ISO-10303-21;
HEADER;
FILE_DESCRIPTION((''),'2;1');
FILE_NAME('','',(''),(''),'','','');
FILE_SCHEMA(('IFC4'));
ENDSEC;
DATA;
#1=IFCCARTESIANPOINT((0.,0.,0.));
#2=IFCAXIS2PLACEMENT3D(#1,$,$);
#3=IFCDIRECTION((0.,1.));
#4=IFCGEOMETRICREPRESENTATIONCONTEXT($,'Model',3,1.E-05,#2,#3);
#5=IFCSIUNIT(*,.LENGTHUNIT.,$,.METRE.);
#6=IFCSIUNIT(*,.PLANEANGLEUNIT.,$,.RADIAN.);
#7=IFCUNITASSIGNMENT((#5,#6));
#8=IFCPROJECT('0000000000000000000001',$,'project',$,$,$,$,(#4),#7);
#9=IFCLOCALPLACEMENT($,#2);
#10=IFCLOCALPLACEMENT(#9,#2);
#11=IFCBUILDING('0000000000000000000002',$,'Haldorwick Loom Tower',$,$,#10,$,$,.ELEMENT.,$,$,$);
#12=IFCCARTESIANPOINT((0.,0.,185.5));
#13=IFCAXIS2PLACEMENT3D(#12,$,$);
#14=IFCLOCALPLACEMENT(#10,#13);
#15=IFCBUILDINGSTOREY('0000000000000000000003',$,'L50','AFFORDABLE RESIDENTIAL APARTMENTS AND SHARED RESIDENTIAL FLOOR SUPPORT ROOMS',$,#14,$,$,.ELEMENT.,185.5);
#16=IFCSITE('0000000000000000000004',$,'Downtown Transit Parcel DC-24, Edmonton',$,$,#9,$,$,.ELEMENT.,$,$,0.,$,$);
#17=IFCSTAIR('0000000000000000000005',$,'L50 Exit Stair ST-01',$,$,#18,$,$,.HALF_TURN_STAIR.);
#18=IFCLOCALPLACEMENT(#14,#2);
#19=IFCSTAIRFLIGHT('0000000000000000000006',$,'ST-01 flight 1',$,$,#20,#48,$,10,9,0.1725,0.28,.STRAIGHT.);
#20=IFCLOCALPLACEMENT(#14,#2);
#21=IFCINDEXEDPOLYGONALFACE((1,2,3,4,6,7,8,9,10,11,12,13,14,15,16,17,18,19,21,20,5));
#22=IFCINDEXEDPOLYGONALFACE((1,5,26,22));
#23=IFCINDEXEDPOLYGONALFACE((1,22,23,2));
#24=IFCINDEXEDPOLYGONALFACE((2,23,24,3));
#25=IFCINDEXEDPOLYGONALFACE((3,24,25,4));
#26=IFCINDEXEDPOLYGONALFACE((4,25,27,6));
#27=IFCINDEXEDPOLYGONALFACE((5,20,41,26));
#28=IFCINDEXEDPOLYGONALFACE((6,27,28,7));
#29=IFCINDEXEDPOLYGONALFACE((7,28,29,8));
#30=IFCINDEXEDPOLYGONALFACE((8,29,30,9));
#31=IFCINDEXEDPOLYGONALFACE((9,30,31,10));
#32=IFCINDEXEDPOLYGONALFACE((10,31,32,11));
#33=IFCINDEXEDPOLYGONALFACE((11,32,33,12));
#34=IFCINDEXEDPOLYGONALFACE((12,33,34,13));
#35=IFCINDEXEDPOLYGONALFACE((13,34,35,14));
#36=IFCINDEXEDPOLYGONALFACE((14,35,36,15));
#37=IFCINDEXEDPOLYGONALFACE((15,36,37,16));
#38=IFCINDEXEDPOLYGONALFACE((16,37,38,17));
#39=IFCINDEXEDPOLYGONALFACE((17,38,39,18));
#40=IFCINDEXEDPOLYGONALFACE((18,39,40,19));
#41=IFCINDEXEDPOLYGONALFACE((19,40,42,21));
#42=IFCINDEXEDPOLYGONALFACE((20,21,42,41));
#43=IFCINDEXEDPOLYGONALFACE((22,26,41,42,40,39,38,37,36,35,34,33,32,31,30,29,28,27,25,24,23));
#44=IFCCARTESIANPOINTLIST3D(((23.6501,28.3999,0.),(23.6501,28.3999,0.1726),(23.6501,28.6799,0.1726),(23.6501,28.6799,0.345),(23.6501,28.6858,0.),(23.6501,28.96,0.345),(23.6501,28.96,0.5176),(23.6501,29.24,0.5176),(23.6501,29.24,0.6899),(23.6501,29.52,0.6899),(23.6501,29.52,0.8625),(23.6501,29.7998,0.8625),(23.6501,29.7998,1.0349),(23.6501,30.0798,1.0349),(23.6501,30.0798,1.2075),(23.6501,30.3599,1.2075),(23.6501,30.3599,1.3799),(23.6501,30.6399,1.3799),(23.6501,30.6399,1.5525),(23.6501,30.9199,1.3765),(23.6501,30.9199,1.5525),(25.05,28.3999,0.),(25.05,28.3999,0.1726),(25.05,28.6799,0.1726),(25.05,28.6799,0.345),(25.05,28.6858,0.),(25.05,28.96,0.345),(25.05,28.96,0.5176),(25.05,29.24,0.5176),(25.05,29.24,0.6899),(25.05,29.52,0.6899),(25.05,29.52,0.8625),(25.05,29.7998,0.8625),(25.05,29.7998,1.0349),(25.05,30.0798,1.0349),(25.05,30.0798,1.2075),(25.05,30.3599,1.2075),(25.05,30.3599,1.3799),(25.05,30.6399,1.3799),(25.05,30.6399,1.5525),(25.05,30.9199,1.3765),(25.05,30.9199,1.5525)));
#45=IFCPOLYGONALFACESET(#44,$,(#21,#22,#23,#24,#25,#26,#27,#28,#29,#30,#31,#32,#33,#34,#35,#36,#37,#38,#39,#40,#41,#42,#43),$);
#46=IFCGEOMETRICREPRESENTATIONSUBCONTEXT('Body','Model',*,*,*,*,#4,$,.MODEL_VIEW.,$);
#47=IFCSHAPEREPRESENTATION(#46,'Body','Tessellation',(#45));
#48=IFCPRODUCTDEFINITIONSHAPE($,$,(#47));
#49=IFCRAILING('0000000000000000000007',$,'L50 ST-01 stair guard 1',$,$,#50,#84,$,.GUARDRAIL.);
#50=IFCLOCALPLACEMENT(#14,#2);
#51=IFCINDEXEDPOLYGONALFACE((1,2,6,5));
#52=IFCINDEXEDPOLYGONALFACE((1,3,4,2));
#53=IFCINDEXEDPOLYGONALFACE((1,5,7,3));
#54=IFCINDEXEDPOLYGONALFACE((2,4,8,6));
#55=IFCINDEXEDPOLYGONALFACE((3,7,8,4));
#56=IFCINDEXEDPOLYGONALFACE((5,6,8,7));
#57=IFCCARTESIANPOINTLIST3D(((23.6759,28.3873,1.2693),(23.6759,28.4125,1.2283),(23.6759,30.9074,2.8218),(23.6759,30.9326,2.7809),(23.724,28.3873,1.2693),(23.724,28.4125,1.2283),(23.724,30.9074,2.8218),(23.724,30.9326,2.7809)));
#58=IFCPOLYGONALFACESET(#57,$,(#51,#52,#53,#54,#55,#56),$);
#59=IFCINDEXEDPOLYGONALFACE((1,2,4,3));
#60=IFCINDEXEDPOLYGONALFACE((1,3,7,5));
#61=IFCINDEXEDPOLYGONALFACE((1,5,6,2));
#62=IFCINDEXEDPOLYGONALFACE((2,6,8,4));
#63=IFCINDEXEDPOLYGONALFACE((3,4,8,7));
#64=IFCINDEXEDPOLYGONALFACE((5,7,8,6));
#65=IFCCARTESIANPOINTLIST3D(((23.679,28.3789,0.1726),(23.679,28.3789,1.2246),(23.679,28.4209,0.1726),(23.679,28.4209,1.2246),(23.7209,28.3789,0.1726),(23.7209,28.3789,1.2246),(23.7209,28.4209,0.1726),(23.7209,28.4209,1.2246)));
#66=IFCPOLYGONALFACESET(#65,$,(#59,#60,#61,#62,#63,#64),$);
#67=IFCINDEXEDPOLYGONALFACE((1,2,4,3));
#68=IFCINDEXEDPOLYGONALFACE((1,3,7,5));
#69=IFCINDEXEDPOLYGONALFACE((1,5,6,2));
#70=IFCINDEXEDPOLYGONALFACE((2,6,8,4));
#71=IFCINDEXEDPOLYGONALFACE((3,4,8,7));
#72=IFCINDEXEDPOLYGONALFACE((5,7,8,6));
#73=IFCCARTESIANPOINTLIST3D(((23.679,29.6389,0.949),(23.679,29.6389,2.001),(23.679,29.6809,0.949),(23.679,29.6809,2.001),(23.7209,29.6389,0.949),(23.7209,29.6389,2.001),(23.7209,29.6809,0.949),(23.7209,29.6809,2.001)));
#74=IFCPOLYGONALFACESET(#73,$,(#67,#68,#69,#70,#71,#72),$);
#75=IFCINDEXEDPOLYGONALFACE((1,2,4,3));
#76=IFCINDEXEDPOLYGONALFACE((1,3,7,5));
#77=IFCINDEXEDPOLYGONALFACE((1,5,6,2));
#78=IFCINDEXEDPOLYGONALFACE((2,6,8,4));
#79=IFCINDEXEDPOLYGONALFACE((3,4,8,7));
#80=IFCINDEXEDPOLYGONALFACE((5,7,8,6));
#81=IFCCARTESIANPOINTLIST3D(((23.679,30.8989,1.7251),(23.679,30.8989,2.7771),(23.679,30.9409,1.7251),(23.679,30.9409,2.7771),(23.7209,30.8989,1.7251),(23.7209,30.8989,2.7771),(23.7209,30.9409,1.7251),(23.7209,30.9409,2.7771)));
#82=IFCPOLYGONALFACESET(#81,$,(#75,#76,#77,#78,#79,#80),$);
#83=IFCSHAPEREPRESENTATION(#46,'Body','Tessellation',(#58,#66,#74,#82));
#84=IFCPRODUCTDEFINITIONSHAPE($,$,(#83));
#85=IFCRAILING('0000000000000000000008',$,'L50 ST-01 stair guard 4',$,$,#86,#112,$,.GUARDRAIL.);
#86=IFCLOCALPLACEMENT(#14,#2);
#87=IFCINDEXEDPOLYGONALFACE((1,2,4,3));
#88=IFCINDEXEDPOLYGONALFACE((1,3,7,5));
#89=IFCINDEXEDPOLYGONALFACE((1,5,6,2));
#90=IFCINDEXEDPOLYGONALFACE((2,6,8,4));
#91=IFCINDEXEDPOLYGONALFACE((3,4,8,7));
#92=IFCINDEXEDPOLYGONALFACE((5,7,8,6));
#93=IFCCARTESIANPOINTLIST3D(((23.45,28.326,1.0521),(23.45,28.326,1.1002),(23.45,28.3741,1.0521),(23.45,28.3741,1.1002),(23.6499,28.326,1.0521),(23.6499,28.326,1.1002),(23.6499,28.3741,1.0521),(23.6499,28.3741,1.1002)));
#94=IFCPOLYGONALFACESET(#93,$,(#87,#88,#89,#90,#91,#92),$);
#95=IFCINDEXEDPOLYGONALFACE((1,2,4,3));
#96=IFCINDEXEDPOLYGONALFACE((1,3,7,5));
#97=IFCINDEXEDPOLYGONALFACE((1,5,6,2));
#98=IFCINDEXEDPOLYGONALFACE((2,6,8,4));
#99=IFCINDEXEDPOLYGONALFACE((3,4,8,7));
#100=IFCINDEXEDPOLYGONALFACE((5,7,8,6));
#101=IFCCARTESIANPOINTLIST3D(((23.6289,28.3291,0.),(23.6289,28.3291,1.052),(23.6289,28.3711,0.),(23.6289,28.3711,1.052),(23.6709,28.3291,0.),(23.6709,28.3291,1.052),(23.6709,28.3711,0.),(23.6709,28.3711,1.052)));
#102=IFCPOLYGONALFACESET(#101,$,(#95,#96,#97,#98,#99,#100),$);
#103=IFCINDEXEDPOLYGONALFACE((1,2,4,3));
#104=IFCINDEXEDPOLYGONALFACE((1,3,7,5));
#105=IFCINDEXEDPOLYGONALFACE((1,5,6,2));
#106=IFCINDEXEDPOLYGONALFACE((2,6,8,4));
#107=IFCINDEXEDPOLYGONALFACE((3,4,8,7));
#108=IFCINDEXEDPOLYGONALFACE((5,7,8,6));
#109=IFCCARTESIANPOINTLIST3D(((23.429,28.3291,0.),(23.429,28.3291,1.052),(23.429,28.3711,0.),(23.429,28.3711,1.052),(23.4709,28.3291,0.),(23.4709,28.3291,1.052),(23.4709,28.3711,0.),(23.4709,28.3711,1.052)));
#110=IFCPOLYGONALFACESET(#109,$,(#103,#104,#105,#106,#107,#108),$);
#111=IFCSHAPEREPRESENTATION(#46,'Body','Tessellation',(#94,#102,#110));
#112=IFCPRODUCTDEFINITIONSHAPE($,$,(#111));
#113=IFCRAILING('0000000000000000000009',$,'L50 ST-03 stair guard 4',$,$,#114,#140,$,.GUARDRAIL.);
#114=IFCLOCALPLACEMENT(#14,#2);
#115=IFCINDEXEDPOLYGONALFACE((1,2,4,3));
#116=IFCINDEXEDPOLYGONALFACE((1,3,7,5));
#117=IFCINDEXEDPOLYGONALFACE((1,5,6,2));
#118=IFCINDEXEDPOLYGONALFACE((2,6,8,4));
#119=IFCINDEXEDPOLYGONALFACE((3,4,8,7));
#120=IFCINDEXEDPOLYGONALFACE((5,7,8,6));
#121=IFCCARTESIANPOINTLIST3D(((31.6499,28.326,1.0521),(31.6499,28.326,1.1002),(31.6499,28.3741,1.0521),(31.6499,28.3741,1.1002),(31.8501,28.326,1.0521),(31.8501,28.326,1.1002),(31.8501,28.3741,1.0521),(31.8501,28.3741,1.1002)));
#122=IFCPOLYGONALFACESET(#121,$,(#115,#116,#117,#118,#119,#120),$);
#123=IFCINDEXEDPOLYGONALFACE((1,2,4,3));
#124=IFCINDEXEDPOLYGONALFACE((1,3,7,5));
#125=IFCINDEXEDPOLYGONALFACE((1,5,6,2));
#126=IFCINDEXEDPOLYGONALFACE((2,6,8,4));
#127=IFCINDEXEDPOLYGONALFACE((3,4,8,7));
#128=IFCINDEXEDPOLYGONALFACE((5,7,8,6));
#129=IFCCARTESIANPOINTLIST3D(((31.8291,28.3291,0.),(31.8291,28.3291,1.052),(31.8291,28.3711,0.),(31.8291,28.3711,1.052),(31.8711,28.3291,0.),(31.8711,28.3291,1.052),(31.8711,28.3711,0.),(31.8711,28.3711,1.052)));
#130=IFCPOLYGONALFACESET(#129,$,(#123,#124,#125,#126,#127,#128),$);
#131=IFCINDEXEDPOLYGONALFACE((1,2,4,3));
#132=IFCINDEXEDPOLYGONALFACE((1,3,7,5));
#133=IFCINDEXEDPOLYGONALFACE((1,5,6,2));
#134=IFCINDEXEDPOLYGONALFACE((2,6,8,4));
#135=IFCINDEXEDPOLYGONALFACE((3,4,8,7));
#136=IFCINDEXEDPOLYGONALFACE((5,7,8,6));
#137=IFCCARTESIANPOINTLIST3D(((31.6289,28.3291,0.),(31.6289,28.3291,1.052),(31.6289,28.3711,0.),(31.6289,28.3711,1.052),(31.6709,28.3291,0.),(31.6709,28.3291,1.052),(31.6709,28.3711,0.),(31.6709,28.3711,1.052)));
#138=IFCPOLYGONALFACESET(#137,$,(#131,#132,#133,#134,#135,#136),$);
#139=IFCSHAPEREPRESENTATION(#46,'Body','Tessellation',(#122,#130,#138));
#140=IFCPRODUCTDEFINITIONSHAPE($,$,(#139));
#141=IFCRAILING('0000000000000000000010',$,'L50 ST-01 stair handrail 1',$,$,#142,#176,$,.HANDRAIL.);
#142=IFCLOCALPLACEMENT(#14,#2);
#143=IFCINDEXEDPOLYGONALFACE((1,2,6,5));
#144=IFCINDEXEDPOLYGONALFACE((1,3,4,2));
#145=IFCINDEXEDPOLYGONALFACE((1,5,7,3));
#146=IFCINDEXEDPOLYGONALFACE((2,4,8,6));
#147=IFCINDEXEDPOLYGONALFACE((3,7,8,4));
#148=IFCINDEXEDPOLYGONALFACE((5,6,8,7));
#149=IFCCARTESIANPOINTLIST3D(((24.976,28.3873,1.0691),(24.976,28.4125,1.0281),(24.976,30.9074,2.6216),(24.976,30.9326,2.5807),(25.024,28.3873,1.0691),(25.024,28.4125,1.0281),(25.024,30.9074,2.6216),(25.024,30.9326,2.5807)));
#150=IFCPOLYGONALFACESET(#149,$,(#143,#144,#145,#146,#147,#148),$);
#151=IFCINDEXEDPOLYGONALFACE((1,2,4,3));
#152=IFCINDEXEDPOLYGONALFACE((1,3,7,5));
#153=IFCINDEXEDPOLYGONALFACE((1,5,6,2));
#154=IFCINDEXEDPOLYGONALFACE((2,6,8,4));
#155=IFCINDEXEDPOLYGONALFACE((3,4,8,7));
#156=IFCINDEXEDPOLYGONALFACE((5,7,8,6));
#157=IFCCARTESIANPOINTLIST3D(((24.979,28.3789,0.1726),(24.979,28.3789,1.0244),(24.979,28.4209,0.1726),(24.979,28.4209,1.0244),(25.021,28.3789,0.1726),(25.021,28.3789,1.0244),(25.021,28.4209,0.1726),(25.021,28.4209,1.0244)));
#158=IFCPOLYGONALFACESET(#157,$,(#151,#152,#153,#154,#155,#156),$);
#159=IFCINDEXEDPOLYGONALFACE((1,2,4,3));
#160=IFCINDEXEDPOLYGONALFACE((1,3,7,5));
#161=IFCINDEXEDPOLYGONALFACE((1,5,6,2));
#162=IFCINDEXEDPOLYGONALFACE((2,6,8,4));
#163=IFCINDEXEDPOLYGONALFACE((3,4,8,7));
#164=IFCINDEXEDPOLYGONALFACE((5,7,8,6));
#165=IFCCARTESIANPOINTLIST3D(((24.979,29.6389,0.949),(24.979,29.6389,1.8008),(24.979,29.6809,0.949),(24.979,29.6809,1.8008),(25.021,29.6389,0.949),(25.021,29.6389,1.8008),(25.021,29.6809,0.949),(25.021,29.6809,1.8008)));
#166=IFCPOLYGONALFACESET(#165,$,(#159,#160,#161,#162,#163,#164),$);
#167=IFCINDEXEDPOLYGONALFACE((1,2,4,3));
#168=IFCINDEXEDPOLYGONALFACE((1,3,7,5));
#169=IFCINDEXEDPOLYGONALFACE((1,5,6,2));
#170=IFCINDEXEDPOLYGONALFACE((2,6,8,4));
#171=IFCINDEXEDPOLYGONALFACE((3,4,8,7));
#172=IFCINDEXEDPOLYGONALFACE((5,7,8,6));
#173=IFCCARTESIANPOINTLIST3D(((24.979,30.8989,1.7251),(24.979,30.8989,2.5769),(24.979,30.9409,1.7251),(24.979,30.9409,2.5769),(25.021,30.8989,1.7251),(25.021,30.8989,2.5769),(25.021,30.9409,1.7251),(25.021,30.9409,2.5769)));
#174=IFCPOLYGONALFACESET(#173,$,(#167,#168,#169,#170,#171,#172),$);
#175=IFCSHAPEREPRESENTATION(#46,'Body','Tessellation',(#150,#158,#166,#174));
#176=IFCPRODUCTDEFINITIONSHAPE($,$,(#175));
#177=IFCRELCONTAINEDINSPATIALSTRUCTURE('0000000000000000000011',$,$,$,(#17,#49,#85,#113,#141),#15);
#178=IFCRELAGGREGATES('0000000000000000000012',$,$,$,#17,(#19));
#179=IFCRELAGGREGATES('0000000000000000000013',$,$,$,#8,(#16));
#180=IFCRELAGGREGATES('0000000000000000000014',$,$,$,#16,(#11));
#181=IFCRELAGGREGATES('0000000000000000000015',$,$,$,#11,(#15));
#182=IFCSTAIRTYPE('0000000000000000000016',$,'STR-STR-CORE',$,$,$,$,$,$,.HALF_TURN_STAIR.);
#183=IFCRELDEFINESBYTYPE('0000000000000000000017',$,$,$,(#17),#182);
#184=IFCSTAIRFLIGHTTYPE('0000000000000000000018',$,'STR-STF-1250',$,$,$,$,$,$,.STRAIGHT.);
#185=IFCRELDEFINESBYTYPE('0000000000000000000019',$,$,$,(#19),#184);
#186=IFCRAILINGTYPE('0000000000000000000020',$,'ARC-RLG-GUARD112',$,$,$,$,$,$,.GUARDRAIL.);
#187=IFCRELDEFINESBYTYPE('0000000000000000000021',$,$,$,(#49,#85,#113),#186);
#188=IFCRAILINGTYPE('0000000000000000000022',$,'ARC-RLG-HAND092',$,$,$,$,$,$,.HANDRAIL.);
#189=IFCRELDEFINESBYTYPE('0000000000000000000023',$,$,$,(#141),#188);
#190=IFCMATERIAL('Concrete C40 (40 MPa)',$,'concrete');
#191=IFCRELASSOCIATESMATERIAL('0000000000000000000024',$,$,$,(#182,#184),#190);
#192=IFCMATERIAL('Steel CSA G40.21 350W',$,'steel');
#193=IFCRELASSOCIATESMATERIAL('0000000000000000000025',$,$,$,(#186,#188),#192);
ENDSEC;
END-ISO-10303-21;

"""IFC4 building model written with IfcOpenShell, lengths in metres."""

from ifc_helpers import new_model, si_unit, direction, frame, origin, origin_2d, place, context, subcontext, project, spatial, polyline, rectangle, outline, extrude, material, type_object, element, aggregate, save


model = new_model("IFC4")

# Units and contexts
model_context = context("Model", 3, precision=1e-05, world=origin(), true_north=direction((0.0, 1.0)))
body_context = subcontext(model_context, "Body", "Model", "MODEL_VIEW")
ifc_project = project(units=[si_unit("LENGTHUNIT", "METRE"), si_unit("PLANEANGLEUNIT", "RADIAN")], contexts=[model_context])

# Site, building, storey
site_placement = place(None, origin())
site = spatial("IfcSite", under=ifc_project, at=site_placement, Name="Downtown Transit Parcel DC-24, Edmonton", CompositionType="ELEMENT", RefElevation=0.0)
building_placement = place(site_placement, origin())
building = spatial("IfcBuilding", under=site, at=building_placement, Name="Haldorwick Loom Tower", CompositionType="ELEMENT")
storey_placement = place(building_placement, frame((0.0, 0.0, 185.5)))
storey = spatial("IfcBuildingStorey", under=building, at=storey_placement, Name="L50", Description="AFFORDABLE RESIDENTIAL APARTMENTS AND SHARED RESIDENTIAL FLOOR SUPPORT ROOMS", CompositionType="ELEMENT", Elevation=185.5)

# Shared definitions
ifc_material_1 = material(Name="Steel CSA G40.21 350W", Category="steel")

# Stair, stair flight
ifc_material_2 = material(Name="Concrete C40 (40 MPa)", Category="concrete")
stair_type = type_object("IfcStairType", Name="STR-STR-CORE", PredefinedType="HALF_TURN_STAIR", material=ifc_material_2)
stair_placement = place(storey_placement, origin())
stair = element("IfcStair", 1, at=stair_placement, inside=storey, type_object=stair_type, Name="L50 Exit Stair ST-01", PredefinedType="HALF_TURN_STAIR")
stair_flight_type = type_object("IfcStairFlightType", Name="STR-STF-1250", PredefinedType="STRAIGHT", material=ifc_material_2)
stair_flight_placement = place(storey_placement, frame((24.3501, 28.3999, 0.0), z_axis=(0.0, 0.0, 1.0), x_axis=(0.0, 1.0, 0.0)))
stair_flight = element("IfcStairFlight", 2, at=stair_flight_placement, type_object=stair_flight_type, Name="ST-01 flight 1", NumberOfRisers=10, NumberOfTreads=9, PredefinedType="STRAIGHT", RiserHeight=0.1725, TreadLength=0.28, context=body_context, shape_type="SweptSolid", body=[
    extrude(outline(polyline([(0.0, 0.0), (0.0, 0.1726), (0.28, 0.1726), (0.28, 0.345), (0.5601, 0.345), (0.5601, 0.5176), (0.8401, 0.5176), (0.8401, 0.6899), (1.1201, 0.6899), (1.1201, 0.8625), (1.3999, 0.8625), (1.3999, 1.0349), (1.6799, 1.0349), (1.6799, 1.2075), (1.96, 1.2075), (1.96, 1.3799), (2.24, 1.3799), (2.24, 1.5525), (2.52, 1.5525), (2.52, 1.7251), (2.52, 1.3765), (0.2859, 0.0), (0.0, 0.0)])), frame((0.0, 0.7, 0.0), z_axis=(0.0, -1.0, 0.0), x_axis=(1.0, 0.0, 0.0)), (0.0, 0.0, 1.0), 1.3999),
])
aggregate(stair, [stair_flight])

# Railings
railing_type_1 = type_object("IfcRailingType", Name="ARC-RLG-GUARD112", PredefinedType="GUARDRAIL", material=ifc_material_1)
railing_1_placement = place(storey_placement, frame((23.7, 28.3999, 0.1726)))
element("IfcRailing", 3, at=railing_1_placement, inside=storey, type_object=railing_type_1, Name="L50 ST-01 stair guard 1", PredefinedType="GUARDRAIL", context=body_context, shape_type="SweptSolid", body=[
    extrude(rectangle(XDim=0.0481, YDim=0.0481, at=origin_2d()), frame((0.0, 0.0, 1.0762), z_axis=(0.0, 0.8514, 0.524516), x_axis=(-1.0, 0.0, 0.0)), (0.0, 0.0, 1.0), 2.96),
    extrude(rectangle(XDim=0.042, YDim=0.042, at=origin_2d()), origin(), (0.0, 0.0, 1.0), 1.052),
    extrude(rectangle(XDim=0.042, YDim=0.042, at=origin_2d()), frame((0.0, 1.26, 0.7764)), (0.0, 0.0, 1.0), 1.052),
    extrude(rectangle(XDim=0.042, YDim=0.042, at=origin_2d()), frame((0.0, 2.52, 1.5525)), (0.0, 0.0, 1.0), 1.052),
])
railing_2_placement = place(storey_placement, frame((23.6499, 28.3501, 0.0)))
element("IfcRailing", 4, at=railing_2_placement, inside=storey, type_object=railing_type_1, Name="L50 ST-01 stair guard 4", PredefinedType="GUARDRAIL", context=body_context, shape_type="SweptSolid", body=[
    extrude(rectangle(XDim=0.0481, YDim=0.0481, at=origin_2d()), frame((0.0, 0.0, 1.0762), z_axis=(-1.0, 0.0, 0.0), x_axis=(0.0, -1.0, 0.0)), (0.0, 0.0, 1.0), 0.2),
    extrude(rectangle(XDim=0.042, YDim=0.042, at=origin_2d()), origin(), (0.0, 0.0, 1.0), 1.052),
    extrude(rectangle(XDim=0.042, YDim=0.042, at=origin_2d()), frame((-0.2, 0.0, 0.0)), (0.0, 0.0, 1.0), 1.052),
])
railing_3_placement = place(storey_placement, frame((31.8501, 28.3501, 0.0)))
element("IfcRailing", 5, at=railing_3_placement, inside=storey, type_object=railing_type_1, Name="L50 ST-03 stair guard 4", PredefinedType="GUARDRAIL", context=body_context, shape_type="SweptSolid", body=[
    extrude(rectangle(XDim=0.0481, YDim=0.0481, at=origin_2d()), frame((0.0, 0.0, 1.0762), z_axis=(-1.0, 0.0, 0.0), x_axis=(0.0, -1.0, 0.0)), (0.0, 0.0, 1.0), 0.2002),
    extrude(rectangle(XDim=0.042, YDim=0.042, at=origin_2d()), origin(), (0.0, 0.0, 1.0), 1.052),
    extrude(rectangle(XDim=0.042, YDim=0.042, at=origin_2d()), frame((-0.2002, 0.0, 0.0)), (0.0, 0.0, 1.0), 1.052),
])
railing_type_2 = type_object("IfcRailingType", Name="ARC-RLG-HAND092", PredefinedType="HANDRAIL", material=ifc_material_1)
railing_4_placement = place(storey_placement, frame((25.0, 28.3999, 0.1726)))
element("IfcRailing", 6, at=railing_4_placement, inside=storey, type_object=railing_type_2, Name="L50 ST-01 stair handrail 1", PredefinedType="HANDRAIL", context=body_context, shape_type="SweptSolid", body=[
    extrude(rectangle(XDim=0.0481, YDim=0.0481, at=origin_2d()), frame((0.0, 0.0, 0.876), z_axis=(0.0, 0.8514, 0.524516), x_axis=(-1.0, 0.0, 0.0)), (0.0, 0.0, 1.0), 2.96),
    extrude(rectangle(XDim=0.042, YDim=0.042, at=origin_2d()), origin(), (0.0, 0.0, 1.0), 0.8518),
    extrude(rectangle(XDim=0.042, YDim=0.042, at=origin_2d()), frame((0.0, 1.26, 0.7764)), (0.0, 0.0, 1.0), 0.8518),
    extrude(rectangle(XDim=0.042, YDim=0.042, at=origin_2d()), frame((0.0, 2.52, 1.5525)), (0.0, 0.0, 1.0), 0.8518),
])

save(model, "model.ifc")
